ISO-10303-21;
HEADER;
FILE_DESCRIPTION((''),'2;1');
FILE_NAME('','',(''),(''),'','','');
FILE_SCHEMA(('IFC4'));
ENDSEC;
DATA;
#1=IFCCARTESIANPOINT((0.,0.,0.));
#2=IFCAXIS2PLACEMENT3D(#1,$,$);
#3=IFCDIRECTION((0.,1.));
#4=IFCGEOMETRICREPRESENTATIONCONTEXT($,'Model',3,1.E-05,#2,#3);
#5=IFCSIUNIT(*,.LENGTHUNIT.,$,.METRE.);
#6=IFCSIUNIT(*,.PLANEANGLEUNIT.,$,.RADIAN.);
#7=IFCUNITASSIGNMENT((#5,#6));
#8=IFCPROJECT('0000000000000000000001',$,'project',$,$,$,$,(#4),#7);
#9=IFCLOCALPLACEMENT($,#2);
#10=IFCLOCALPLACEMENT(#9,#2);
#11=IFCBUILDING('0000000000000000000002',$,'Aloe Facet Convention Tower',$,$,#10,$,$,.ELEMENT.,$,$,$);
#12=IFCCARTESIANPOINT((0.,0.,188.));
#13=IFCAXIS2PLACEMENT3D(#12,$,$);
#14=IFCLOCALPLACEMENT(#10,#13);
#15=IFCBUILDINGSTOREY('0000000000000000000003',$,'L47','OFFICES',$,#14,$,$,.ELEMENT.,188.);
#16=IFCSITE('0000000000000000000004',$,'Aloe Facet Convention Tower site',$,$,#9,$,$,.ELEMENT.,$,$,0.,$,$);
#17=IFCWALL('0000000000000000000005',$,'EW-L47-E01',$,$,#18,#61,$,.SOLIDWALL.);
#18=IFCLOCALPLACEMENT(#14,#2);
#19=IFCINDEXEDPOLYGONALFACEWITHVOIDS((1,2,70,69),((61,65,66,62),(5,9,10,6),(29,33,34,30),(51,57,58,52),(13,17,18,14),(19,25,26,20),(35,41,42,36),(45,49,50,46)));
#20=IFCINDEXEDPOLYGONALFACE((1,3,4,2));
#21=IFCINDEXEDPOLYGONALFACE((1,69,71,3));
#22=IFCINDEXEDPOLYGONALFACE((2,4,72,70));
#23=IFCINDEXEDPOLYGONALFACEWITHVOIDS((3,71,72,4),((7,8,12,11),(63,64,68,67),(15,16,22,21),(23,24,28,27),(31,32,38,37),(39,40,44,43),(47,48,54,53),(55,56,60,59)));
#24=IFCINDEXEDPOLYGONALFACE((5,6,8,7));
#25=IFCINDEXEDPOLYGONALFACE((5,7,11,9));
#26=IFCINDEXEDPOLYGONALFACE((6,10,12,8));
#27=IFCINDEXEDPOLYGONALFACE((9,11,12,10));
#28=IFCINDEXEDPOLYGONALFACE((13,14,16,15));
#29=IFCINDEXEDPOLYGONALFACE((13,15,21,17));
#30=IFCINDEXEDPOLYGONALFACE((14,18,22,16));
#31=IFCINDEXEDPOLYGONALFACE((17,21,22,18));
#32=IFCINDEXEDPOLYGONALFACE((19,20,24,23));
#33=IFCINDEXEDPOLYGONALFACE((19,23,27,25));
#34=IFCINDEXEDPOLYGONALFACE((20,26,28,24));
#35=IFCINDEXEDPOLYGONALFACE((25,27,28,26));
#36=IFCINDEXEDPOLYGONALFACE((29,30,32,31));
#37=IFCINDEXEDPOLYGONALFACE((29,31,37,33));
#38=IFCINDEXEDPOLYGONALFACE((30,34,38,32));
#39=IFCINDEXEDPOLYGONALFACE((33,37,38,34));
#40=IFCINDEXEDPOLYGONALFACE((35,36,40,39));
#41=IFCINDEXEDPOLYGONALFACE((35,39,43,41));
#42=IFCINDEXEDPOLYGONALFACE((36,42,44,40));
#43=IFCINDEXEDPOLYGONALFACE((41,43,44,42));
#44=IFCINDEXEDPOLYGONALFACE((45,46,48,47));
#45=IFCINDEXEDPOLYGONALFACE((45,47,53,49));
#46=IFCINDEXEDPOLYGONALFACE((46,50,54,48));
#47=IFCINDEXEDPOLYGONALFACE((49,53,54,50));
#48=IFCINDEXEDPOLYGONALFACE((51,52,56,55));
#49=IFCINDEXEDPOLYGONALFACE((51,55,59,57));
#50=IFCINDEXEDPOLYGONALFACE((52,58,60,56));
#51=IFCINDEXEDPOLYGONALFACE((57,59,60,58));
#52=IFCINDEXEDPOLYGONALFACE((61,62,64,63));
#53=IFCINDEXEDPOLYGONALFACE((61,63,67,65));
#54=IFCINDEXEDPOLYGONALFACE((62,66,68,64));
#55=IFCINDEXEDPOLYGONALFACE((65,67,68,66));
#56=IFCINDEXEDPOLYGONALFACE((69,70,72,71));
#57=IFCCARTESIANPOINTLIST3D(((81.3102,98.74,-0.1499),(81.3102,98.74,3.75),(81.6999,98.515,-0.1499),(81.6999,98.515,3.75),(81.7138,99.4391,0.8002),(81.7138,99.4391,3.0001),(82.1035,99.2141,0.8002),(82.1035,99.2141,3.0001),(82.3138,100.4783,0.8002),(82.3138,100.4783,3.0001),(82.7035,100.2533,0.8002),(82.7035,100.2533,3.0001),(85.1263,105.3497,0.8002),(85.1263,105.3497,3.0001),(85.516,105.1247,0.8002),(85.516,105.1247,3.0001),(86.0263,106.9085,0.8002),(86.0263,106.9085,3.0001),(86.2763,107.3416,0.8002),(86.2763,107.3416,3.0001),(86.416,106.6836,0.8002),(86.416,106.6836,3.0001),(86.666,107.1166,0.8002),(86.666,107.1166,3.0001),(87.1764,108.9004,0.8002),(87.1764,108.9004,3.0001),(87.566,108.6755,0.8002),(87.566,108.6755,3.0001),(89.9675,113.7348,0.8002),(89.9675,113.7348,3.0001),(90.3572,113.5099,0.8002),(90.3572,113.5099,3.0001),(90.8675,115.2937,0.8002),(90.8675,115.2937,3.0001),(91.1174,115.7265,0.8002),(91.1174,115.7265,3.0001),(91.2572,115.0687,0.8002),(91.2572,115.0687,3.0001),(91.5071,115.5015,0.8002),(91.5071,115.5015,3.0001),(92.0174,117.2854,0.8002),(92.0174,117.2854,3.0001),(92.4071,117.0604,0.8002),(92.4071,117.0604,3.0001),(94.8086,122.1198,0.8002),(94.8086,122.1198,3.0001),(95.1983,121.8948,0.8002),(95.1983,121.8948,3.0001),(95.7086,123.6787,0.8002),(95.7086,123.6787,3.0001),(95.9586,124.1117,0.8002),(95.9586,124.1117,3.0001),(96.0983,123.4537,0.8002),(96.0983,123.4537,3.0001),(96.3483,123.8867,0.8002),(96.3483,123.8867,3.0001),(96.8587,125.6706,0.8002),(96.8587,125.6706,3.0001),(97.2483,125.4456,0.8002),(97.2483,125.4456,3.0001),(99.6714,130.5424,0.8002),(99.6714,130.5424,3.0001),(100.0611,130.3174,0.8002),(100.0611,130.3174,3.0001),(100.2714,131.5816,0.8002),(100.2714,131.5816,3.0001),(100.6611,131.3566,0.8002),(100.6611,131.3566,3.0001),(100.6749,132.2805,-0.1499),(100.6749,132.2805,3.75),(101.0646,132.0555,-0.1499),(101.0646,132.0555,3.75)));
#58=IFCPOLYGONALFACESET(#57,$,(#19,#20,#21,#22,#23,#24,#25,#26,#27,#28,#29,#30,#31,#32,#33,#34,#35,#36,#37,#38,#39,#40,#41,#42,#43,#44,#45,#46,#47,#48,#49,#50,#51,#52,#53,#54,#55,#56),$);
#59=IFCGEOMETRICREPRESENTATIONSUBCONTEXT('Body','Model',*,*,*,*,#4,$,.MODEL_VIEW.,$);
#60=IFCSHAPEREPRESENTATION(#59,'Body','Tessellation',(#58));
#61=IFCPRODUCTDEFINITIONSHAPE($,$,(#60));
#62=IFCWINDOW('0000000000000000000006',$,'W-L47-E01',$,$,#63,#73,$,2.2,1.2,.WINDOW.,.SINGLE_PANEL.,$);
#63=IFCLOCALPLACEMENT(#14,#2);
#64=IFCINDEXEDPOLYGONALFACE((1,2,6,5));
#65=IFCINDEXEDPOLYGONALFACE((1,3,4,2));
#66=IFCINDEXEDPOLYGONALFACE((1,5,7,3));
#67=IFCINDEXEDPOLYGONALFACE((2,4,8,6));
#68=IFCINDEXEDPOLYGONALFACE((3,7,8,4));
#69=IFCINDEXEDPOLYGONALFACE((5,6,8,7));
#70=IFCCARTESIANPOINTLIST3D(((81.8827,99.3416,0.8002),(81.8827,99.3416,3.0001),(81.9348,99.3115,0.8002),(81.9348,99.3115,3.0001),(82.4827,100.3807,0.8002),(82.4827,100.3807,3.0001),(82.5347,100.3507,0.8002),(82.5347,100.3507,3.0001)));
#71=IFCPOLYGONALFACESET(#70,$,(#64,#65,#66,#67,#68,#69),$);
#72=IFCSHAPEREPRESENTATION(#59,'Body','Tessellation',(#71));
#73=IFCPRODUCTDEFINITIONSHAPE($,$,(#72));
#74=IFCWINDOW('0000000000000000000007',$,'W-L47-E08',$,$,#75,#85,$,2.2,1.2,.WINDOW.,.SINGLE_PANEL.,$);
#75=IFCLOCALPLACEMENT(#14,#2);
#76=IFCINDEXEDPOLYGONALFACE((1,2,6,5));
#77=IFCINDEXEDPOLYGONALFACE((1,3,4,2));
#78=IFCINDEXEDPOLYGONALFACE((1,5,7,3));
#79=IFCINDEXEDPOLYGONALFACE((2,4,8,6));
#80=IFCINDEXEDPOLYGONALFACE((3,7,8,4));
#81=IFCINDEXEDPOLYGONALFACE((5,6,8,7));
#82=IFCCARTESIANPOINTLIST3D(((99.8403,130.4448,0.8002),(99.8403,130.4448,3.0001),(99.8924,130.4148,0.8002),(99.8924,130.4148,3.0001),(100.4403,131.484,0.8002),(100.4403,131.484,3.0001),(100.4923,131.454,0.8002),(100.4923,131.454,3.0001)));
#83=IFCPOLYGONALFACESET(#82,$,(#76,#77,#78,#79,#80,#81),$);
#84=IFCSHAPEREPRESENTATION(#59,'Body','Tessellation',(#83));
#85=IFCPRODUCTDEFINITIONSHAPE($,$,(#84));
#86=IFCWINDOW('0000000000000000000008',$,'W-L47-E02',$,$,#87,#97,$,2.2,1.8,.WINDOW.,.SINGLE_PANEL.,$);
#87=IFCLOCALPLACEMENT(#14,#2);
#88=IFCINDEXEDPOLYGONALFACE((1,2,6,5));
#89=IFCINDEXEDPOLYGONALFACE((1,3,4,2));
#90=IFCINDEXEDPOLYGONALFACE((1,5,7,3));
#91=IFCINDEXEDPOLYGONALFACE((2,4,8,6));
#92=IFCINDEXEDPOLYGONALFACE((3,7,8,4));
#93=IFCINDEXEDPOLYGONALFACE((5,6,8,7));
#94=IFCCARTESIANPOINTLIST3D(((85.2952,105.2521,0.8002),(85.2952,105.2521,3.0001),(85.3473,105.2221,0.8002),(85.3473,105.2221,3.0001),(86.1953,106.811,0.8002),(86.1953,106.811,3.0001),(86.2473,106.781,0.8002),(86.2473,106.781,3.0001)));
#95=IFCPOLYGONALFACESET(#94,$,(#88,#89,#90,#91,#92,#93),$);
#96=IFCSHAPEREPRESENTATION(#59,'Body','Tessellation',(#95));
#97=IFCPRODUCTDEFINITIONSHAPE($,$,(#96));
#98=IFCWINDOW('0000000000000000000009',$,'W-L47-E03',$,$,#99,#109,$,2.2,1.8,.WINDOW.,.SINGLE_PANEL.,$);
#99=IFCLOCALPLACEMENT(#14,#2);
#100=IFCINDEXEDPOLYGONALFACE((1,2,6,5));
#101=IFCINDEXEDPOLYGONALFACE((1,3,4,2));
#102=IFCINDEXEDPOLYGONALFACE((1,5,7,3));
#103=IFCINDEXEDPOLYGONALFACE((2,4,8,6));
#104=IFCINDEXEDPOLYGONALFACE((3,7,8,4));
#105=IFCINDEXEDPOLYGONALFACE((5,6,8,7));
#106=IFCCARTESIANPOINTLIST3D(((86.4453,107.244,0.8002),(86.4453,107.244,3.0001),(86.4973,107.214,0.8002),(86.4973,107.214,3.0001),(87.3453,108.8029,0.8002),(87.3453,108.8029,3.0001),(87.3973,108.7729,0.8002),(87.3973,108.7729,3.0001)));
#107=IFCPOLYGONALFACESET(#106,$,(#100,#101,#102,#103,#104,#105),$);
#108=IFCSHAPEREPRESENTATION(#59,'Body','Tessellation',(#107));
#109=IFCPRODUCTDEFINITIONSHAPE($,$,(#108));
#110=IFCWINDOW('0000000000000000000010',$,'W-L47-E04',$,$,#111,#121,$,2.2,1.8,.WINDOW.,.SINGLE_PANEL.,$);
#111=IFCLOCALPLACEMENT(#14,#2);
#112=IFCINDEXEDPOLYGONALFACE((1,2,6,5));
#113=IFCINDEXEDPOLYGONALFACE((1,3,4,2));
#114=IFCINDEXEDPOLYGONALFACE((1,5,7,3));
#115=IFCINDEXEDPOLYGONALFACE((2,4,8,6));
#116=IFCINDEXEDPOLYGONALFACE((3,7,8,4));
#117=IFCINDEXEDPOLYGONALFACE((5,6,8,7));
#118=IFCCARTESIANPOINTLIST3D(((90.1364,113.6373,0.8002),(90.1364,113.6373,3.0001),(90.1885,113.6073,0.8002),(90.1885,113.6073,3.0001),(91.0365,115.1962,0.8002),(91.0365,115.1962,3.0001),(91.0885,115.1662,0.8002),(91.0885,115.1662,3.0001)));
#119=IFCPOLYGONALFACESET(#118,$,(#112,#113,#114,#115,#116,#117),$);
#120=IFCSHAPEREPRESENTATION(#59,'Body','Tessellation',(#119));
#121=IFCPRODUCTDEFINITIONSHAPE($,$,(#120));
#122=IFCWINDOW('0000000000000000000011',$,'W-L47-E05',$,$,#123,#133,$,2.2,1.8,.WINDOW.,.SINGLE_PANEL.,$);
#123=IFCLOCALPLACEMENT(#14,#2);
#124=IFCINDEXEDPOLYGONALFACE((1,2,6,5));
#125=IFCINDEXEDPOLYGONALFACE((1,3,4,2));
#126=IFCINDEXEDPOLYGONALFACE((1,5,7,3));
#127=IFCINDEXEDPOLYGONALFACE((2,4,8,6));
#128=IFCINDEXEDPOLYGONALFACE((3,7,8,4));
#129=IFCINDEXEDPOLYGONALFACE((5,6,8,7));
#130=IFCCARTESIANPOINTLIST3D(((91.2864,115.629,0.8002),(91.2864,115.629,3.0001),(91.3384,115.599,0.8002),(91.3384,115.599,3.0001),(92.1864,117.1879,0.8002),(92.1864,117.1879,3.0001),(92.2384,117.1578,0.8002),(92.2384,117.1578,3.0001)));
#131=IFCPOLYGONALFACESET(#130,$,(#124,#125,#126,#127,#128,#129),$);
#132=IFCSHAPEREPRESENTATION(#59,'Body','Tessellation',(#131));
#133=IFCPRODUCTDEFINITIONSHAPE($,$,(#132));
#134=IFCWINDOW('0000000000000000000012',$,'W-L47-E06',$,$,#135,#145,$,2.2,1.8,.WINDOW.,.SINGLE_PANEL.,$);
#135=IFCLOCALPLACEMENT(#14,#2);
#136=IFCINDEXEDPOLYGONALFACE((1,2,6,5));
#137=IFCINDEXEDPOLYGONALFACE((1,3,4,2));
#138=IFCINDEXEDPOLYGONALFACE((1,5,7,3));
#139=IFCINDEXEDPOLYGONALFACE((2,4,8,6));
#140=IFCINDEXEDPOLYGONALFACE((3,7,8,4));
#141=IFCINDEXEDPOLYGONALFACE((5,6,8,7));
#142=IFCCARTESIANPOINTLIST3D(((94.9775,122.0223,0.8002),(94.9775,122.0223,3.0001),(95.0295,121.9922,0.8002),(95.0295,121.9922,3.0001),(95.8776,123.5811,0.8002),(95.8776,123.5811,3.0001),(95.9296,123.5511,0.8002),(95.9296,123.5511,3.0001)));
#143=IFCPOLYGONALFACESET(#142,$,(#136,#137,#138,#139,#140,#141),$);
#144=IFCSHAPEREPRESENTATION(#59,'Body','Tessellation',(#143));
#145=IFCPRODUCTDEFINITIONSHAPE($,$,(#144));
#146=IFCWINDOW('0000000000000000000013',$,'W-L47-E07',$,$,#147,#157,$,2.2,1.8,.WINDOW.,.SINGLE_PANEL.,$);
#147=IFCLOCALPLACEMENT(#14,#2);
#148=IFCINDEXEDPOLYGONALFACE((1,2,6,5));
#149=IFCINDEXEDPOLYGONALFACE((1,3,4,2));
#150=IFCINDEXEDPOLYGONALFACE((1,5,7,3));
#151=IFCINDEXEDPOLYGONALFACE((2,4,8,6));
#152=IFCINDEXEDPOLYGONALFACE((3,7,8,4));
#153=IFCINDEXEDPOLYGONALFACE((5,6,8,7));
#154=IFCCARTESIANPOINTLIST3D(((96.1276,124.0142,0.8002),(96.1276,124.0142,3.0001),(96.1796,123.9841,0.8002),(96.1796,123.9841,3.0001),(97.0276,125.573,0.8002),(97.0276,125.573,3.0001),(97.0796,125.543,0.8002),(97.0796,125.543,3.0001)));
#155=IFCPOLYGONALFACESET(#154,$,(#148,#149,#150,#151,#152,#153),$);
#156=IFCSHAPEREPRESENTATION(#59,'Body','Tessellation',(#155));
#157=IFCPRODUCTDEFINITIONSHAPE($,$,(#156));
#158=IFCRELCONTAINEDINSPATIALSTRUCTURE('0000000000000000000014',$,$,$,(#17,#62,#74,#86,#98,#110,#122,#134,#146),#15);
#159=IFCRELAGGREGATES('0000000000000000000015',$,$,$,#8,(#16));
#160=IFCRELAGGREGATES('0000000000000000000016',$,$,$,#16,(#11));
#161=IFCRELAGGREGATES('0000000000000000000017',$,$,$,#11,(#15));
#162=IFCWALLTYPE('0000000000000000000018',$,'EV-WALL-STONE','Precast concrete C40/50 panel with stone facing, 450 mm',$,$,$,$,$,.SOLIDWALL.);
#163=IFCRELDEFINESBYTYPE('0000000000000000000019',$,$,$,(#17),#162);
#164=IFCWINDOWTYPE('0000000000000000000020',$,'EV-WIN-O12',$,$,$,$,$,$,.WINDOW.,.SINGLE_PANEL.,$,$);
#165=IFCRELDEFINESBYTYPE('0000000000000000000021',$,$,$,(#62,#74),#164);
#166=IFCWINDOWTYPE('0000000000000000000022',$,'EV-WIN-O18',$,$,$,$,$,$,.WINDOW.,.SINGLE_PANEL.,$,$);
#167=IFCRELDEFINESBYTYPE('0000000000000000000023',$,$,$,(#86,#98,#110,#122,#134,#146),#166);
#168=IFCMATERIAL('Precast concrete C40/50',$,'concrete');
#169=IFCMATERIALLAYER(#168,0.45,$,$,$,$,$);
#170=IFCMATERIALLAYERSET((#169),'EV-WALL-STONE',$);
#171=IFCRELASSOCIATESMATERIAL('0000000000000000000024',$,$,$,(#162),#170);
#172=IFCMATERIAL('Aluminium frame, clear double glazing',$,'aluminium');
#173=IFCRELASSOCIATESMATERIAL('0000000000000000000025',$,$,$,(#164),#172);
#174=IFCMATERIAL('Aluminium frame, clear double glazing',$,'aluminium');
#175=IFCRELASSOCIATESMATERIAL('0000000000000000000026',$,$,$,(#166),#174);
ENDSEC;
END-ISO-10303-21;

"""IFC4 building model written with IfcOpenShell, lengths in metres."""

from ifc_helpers import new_model, si_unit, direction, frame, frame_2d, origin, place, context, subcontext, project, spatial, polyline, rectangle, outline, extrude, material, layer, layer_set, type_object, element, fill, save


model = new_model("IFC4")

# Units and contexts
model_context = context("Model", 3, precision=1e-05, world=origin(), true_north=direction((0.0, 1.0)))
body_context = subcontext(model_context, "Body", "Model", "MODEL_VIEW")
ifc_project = project(units=[si_unit("LENGTHUNIT", "METRE"), si_unit("PLANEANGLEUNIT", "RADIAN")], contexts=[model_context])

# Site, building, storey
site_placement = place(None, origin())
site = spatial("IfcSite", under=ifc_project, at=site_placement, Name="Aloe Facet Convention Tower site", CompositionType="ELEMENT", RefElevation=0.0)
building_placement = place(site_placement, origin())
building = spatial("IfcBuilding", under=site, at=building_placement, Name="Aloe Facet Convention Tower", CompositionType="ELEMENT")
storey_placement = place(building_placement, frame((0.0, 0.0, 188.0)))
storey = spatial("IfcBuildingStorey", under=building, at=storey_placement, Name="L47", Description="OFFICES", CompositionType="ELEMENT", Elevation=188.0)

# Wall, openings, windows
ifc_material_1 = material(Name="Precast concrete C40/50", Category="concrete")
ifc_layer_1 = layer(ifc_material_1, 0.45)
ifc_layer_set_1 = layer_set([ifc_layer_1], Name="EV-WALL-STONE")
wall_type_1 = type_object("IfcWallType", Name="EV-WALL-STONE", Description="Precast concrete C40/50 panel with stone facing, 450 mm", PredefinedType="SOLIDWALL", material=ifc_layer_set_1)
wall_1_placement = place(storey_placement, frame((81.5051, 98.6274, -0.1499), z_axis=(0.0, 0.0, 1.0), x_axis=(0.500002, 0.866024, 0.0)))
wall_1 = element("IfcWall", 1, at=wall_1_placement, inside=storey, type_object=wall_type_1, Name="EW-L47-E01", PredefinedType="SOLIDWALL", context=body_context, shape_type="SweptSolid", body=[
    extrude(outline(polyline([(38.7292, 0.0), (38.7292, 3.8999), (0.0, 3.8999), (0.0, 0.0), (38.7292, 0.0)])), frame((0.0, 0.2251, 0.0), z_axis=(0.0, -1.0, 0.0), x_axis=(1.0, 0.0, 0.0)), (0.0, 0.0, 1.0), 0.45),
])
opening_1_placement = place(wall_1_placement, frame((0.8071, 0.0, 0.95)))
opening_1 = element("IfcOpeningElement", 2, at=opening_1_placement, cuts=wall_1, PredefinedType="OPENING", context=body_context, shape_type="SweptSolid", body=[
    extrude(rectangle(XDim=1.2, YDim=2.2, at=frame_2d((0.6001, 1.1001))), frame((0.0, 0.2349, 0.0), z_axis=(0.0, -1.0, 0.0), x_axis=(1.0, 0.0, 0.0)), (0.0, 0.0, 1.0), 0.47),
])
opening_2_placement = place(wall_1_placement, frame((7.6323, 0.0, 0.95)))
opening_2 = element("IfcOpeningElement", 3, at=opening_2_placement, cuts=wall_1, PredefinedType="OPENING", context=body_context, shape_type="SweptSolid", body=[
    extrude(rectangle(XDim=1.8, YDim=2.2, at=frame_2d((0.8999, 1.1001))), frame((0.0, 0.2349, 0.0), z_axis=(0.0, -1.0, 0.0), x_axis=(1.0, 0.0, 0.0)), (0.0, 0.0, 1.0), 0.47),
])
opening_3_placement = place(wall_1_placement, frame((9.9324, 0.0, 0.95)))
opening_3 = element("IfcOpeningElement", 4, at=opening_3_placement, cuts=wall_1, PredefinedType="OPENING", context=body_context, shape_type="SweptSolid", body=[
    extrude(rectangle(XDim=1.8, YDim=2.2, at=frame_2d((0.8999, 1.1001))), frame((0.0, 0.2349, 0.0), z_axis=(0.0, -1.0, 0.0), x_axis=(1.0, 0.0, 0.0)), (0.0, 0.0, 1.0), 0.47),
])
opening_4_placement = place(wall_1_placement, frame((17.3147, 0.0, 0.95)))
opening_4 = element("IfcOpeningElement", 5, at=opening_4_placement, cuts=wall_1, PredefinedType="OPENING", context=body_context, shape_type="SweptSolid", body=[
    extrude(rectangle(XDim=1.8, YDim=2.2, at=frame_2d((0.8999, 1.1001))), frame((0.0, 0.2349, 0.0), z_axis=(0.0, -1.0, 0.0), x_axis=(1.0, 0.0, 0.0)), (0.0, 0.0, 1.0), 0.47),
])
opening_5_placement = place(wall_1_placement, frame((19.6145, 0.0, 0.95)))
opening_5 = element("IfcOpeningElement", 6, at=opening_5_placement, cuts=wall_1, PredefinedType="OPENING", context=body_context, shape_type="SweptSolid", body=[
    extrude(rectangle(XDim=1.8, YDim=2.2, at=frame_2d((0.8999, 1.1001))), frame((0.0, 0.2349, 0.0), z_axis=(0.0, -1.0, 0.0), x_axis=(1.0, 0.0, 0.0)), (0.0, 0.0, 1.0), 0.47),
])
opening_6_placement = place(wall_1_placement, frame((26.9968, 0.0, 0.95)))
opening_6 = element("IfcOpeningElement", 7, at=opening_6_placement, cuts=wall_1, PredefinedType="OPENING", context=body_context, shape_type="SweptSolid", body=[
    extrude(rectangle(XDim=1.8, YDim=2.2, at=frame_2d((0.8999, 1.1001))), frame((0.0, 0.2349, 0.0), z_axis=(0.0, -1.0, 0.0), x_axis=(1.0, 0.0, 0.0)), (0.0, 0.0, 1.0), 0.47),
])
opening_7_placement = place(wall_1_placement, frame((29.2969, 0.0, 0.95)))
opening_7 = element("IfcOpeningElement", 8, at=opening_7_placement, cuts=wall_1, PredefinedType="OPENING", context=body_context, shape_type="SweptSolid", body=[
    extrude(rectangle(XDim=1.8, YDim=2.2, at=frame_2d((0.8999, 1.1001))), frame((0.0, 0.2349, 0.0), z_axis=(0.0, -1.0, 0.0), x_axis=(1.0, 0.0, 0.0)), (0.0, 0.0, 1.0), 0.47),
])
opening_8_placement = place(wall_1_placement, frame((36.7222, 0.0, 0.95)))
opening_8 = element("IfcOpeningElement", 9, at=opening_8_placement, cuts=wall_1, PredefinedType="OPENING", context=body_context, shape_type="SweptSolid", body=[
    extrude(rectangle(XDim=1.2, YDim=2.2, at=frame_2d((0.6001, 1.1001))), frame((0.0, 0.2349, 0.0), z_axis=(0.0, -1.0, 0.0), x_axis=(1.0, 0.0, 0.0)), (0.0, 0.0, 1.0), 0.47),
])
ifc_material_2 = material(Name="Aluminium frame, clear double glazing", Category="aluminium")
window_type_1 = type_object("IfcWindowType", Name="EV-WIN-O12", PartitioningType="SINGLE_PANEL", PredefinedType="WINDOW", material=ifc_material_2)
window_1_placement = place(opening_1_placement, origin())
window_1 = element("IfcWindow", 10, at=window_1_placement, inside=storey, type_object=window_type_1, Name="W-L47-E01", OverallHeight=2.2, OverallWidth=1.2, PartitioningType="SINGLE_PANEL", PredefinedType="WINDOW", context=body_context, shape_type="SweptSolid", body=[
    extrude(rectangle(XDim=1.2, YDim=2.2, at=frame_2d((0.6001, 1.1001))), frame((0.0, 0.03, 0.0), z_axis=(0.0, -1.0, 0.0), x_axis=(1.0, 0.0, 0.0)), (0.0, 0.0, 1.0), 0.0601),
])
fill(opening_1, window_1)
window_2_placement = place(opening_8_placement, origin())
window_2 = element("IfcWindow", 11, at=window_2_placement, inside=storey, type_object=window_type_1, Name="W-L47-E08", OverallHeight=2.2, OverallWidth=1.2, PartitioningType="SINGLE_PANEL", PredefinedType="WINDOW", context=body_context, shape_type="SweptSolid", body=[
    extrude(rectangle(XDim=1.2, YDim=2.2, at=frame_2d((0.6001, 1.1001))), frame((0.0, 0.03, 0.0), z_axis=(0.0, -1.0, 0.0), x_axis=(1.0, 0.0, 0.0)), (0.0, 0.0, 1.0), 0.0601),
])
fill(opening_8, window_2)
ifc_material_3 = material(Name="Aluminium frame, clear double glazing", Category="aluminium")
window_type_2 = type_object("IfcWindowType", Name="EV-WIN-O18", PartitioningType="SINGLE_PANEL", PredefinedType="WINDOW", material=ifc_material_3)
window_3_placement = place(opening_2_placement, origin())
window_3 = element("IfcWindow", 12, at=window_3_placement, inside=storey, type_object=window_type_2, Name="W-L47-E02", OverallHeight=2.2, OverallWidth=1.8, PartitioningType="SINGLE_PANEL", PredefinedType="WINDOW", context=body_context, shape_type="SweptSolid", body=[
    extrude(rectangle(XDim=1.8, YDim=2.2, at=frame_2d((0.8999, 1.1001))), frame((0.0, 0.03, 0.0), z_axis=(0.0, -1.0, 0.0), x_axis=(1.0, 0.0, 0.0)), (0.0, 0.0, 1.0), 0.0601),
])
fill(opening_2, window_3)
window_4_placement = place(opening_3_placement, origin())
window_4 = element("IfcWindow", 13, at=window_4_placement, inside=storey, type_object=window_type_2, Name="W-L47-E03", OverallHeight=2.2, OverallWidth=1.8, PartitioningType="SINGLE_PANEL", PredefinedType="WINDOW", context=body_context, shape_type="SweptSolid", body=[
    extrude(rectangle(XDim=1.8, YDim=2.2, at=frame_2d((0.8999, 1.1001))), frame((0.0, 0.03, 0.0), z_axis=(0.0, -1.0, 0.0), x_axis=(1.0, 0.0, 0.0)), (0.0, 0.0, 1.0), 0.0601),
])
fill(opening_3, window_4)
window_5_placement = place(opening_4_placement, origin())
window_5 = element("IfcWindow", 14, at=window_5_placement, inside=storey, type_object=window_type_2, Name="W-L47-E04", OverallHeight=2.2, OverallWidth=1.8, PartitioningType="SINGLE_PANEL", PredefinedType="WINDOW", context=body_context, shape_type="SweptSolid", body=[
    extrude(rectangle(XDim=1.8, YDim=2.2, at=frame_2d((0.8999, 1.1001))), frame((0.0, 0.03, 0.0), z_axis=(0.0, -1.0, 0.0), x_axis=(1.0, 0.0, 0.0)), (0.0, 0.0, 1.0), 0.0601),
])
fill(opening_4, window_5)
window_6_placement = place(opening_5_placement, origin())
window_6 = element("IfcWindow", 15, at=window_6_placement, inside=storey, type_object=window_type_2, Name="W-L47-E05", OverallHeight=2.2, OverallWidth=1.8, PartitioningType="SINGLE_PANEL", PredefinedType="WINDOW", context=body_context, shape_type="SweptSolid", body=[
    extrude(rectangle(XDim=1.8, YDim=2.2, at=frame_2d((0.8999, 1.1001))), frame((0.0, 0.03, 0.0), z_axis=(0.0, -1.0, 0.0), x_axis=(1.0, 0.0, 0.0)), (0.0, 0.0, 1.0), 0.0601),
])
fill(opening_5, window_6)
window_7_placement = place(opening_6_placement, origin())
window_7 = element("IfcWindow", 16, at=window_7_placement, inside=storey, type_object=window_type_2, Name="W-L47-E06", OverallHeight=2.2, OverallWidth=1.8, PartitioningType="SINGLE_PANEL", PredefinedType="WINDOW", context=body_context, shape_type="SweptSolid", body=[
    extrude(rectangle(XDim=1.8, YDim=2.2, at=frame_2d((0.8999, 1.1001))), frame((0.0, 0.03, 0.0), z_axis=(0.0, -1.0, 0.0), x_axis=(1.0, 0.0, 0.0)), (0.0, 0.0, 1.0), 0.0601),
])
fill(opening_6, window_7)
window_8_placement = place(opening_7_placement, origin())
window_8 = element("IfcWindow", 17, at=window_8_placement, inside=storey, type_object=window_type_2, Name="W-L47-E07", OverallHeight=2.2, OverallWidth=1.8, PartitioningType="SINGLE_PANEL", PredefinedType="WINDOW", context=body_context, shape_type="SweptSolid", body=[
    extrude(rectangle(XDim=1.8, YDim=2.2, at=frame_2d((0.8999, 1.1001))), frame((0.0, 0.03, 0.0), z_axis=(0.0, -1.0, 0.0), x_axis=(1.0, 0.0, 0.0)), (0.0, 0.0, 1.0), 0.0601),
])
fill(opening_7, window_8)

save(model, "model.ifc")
